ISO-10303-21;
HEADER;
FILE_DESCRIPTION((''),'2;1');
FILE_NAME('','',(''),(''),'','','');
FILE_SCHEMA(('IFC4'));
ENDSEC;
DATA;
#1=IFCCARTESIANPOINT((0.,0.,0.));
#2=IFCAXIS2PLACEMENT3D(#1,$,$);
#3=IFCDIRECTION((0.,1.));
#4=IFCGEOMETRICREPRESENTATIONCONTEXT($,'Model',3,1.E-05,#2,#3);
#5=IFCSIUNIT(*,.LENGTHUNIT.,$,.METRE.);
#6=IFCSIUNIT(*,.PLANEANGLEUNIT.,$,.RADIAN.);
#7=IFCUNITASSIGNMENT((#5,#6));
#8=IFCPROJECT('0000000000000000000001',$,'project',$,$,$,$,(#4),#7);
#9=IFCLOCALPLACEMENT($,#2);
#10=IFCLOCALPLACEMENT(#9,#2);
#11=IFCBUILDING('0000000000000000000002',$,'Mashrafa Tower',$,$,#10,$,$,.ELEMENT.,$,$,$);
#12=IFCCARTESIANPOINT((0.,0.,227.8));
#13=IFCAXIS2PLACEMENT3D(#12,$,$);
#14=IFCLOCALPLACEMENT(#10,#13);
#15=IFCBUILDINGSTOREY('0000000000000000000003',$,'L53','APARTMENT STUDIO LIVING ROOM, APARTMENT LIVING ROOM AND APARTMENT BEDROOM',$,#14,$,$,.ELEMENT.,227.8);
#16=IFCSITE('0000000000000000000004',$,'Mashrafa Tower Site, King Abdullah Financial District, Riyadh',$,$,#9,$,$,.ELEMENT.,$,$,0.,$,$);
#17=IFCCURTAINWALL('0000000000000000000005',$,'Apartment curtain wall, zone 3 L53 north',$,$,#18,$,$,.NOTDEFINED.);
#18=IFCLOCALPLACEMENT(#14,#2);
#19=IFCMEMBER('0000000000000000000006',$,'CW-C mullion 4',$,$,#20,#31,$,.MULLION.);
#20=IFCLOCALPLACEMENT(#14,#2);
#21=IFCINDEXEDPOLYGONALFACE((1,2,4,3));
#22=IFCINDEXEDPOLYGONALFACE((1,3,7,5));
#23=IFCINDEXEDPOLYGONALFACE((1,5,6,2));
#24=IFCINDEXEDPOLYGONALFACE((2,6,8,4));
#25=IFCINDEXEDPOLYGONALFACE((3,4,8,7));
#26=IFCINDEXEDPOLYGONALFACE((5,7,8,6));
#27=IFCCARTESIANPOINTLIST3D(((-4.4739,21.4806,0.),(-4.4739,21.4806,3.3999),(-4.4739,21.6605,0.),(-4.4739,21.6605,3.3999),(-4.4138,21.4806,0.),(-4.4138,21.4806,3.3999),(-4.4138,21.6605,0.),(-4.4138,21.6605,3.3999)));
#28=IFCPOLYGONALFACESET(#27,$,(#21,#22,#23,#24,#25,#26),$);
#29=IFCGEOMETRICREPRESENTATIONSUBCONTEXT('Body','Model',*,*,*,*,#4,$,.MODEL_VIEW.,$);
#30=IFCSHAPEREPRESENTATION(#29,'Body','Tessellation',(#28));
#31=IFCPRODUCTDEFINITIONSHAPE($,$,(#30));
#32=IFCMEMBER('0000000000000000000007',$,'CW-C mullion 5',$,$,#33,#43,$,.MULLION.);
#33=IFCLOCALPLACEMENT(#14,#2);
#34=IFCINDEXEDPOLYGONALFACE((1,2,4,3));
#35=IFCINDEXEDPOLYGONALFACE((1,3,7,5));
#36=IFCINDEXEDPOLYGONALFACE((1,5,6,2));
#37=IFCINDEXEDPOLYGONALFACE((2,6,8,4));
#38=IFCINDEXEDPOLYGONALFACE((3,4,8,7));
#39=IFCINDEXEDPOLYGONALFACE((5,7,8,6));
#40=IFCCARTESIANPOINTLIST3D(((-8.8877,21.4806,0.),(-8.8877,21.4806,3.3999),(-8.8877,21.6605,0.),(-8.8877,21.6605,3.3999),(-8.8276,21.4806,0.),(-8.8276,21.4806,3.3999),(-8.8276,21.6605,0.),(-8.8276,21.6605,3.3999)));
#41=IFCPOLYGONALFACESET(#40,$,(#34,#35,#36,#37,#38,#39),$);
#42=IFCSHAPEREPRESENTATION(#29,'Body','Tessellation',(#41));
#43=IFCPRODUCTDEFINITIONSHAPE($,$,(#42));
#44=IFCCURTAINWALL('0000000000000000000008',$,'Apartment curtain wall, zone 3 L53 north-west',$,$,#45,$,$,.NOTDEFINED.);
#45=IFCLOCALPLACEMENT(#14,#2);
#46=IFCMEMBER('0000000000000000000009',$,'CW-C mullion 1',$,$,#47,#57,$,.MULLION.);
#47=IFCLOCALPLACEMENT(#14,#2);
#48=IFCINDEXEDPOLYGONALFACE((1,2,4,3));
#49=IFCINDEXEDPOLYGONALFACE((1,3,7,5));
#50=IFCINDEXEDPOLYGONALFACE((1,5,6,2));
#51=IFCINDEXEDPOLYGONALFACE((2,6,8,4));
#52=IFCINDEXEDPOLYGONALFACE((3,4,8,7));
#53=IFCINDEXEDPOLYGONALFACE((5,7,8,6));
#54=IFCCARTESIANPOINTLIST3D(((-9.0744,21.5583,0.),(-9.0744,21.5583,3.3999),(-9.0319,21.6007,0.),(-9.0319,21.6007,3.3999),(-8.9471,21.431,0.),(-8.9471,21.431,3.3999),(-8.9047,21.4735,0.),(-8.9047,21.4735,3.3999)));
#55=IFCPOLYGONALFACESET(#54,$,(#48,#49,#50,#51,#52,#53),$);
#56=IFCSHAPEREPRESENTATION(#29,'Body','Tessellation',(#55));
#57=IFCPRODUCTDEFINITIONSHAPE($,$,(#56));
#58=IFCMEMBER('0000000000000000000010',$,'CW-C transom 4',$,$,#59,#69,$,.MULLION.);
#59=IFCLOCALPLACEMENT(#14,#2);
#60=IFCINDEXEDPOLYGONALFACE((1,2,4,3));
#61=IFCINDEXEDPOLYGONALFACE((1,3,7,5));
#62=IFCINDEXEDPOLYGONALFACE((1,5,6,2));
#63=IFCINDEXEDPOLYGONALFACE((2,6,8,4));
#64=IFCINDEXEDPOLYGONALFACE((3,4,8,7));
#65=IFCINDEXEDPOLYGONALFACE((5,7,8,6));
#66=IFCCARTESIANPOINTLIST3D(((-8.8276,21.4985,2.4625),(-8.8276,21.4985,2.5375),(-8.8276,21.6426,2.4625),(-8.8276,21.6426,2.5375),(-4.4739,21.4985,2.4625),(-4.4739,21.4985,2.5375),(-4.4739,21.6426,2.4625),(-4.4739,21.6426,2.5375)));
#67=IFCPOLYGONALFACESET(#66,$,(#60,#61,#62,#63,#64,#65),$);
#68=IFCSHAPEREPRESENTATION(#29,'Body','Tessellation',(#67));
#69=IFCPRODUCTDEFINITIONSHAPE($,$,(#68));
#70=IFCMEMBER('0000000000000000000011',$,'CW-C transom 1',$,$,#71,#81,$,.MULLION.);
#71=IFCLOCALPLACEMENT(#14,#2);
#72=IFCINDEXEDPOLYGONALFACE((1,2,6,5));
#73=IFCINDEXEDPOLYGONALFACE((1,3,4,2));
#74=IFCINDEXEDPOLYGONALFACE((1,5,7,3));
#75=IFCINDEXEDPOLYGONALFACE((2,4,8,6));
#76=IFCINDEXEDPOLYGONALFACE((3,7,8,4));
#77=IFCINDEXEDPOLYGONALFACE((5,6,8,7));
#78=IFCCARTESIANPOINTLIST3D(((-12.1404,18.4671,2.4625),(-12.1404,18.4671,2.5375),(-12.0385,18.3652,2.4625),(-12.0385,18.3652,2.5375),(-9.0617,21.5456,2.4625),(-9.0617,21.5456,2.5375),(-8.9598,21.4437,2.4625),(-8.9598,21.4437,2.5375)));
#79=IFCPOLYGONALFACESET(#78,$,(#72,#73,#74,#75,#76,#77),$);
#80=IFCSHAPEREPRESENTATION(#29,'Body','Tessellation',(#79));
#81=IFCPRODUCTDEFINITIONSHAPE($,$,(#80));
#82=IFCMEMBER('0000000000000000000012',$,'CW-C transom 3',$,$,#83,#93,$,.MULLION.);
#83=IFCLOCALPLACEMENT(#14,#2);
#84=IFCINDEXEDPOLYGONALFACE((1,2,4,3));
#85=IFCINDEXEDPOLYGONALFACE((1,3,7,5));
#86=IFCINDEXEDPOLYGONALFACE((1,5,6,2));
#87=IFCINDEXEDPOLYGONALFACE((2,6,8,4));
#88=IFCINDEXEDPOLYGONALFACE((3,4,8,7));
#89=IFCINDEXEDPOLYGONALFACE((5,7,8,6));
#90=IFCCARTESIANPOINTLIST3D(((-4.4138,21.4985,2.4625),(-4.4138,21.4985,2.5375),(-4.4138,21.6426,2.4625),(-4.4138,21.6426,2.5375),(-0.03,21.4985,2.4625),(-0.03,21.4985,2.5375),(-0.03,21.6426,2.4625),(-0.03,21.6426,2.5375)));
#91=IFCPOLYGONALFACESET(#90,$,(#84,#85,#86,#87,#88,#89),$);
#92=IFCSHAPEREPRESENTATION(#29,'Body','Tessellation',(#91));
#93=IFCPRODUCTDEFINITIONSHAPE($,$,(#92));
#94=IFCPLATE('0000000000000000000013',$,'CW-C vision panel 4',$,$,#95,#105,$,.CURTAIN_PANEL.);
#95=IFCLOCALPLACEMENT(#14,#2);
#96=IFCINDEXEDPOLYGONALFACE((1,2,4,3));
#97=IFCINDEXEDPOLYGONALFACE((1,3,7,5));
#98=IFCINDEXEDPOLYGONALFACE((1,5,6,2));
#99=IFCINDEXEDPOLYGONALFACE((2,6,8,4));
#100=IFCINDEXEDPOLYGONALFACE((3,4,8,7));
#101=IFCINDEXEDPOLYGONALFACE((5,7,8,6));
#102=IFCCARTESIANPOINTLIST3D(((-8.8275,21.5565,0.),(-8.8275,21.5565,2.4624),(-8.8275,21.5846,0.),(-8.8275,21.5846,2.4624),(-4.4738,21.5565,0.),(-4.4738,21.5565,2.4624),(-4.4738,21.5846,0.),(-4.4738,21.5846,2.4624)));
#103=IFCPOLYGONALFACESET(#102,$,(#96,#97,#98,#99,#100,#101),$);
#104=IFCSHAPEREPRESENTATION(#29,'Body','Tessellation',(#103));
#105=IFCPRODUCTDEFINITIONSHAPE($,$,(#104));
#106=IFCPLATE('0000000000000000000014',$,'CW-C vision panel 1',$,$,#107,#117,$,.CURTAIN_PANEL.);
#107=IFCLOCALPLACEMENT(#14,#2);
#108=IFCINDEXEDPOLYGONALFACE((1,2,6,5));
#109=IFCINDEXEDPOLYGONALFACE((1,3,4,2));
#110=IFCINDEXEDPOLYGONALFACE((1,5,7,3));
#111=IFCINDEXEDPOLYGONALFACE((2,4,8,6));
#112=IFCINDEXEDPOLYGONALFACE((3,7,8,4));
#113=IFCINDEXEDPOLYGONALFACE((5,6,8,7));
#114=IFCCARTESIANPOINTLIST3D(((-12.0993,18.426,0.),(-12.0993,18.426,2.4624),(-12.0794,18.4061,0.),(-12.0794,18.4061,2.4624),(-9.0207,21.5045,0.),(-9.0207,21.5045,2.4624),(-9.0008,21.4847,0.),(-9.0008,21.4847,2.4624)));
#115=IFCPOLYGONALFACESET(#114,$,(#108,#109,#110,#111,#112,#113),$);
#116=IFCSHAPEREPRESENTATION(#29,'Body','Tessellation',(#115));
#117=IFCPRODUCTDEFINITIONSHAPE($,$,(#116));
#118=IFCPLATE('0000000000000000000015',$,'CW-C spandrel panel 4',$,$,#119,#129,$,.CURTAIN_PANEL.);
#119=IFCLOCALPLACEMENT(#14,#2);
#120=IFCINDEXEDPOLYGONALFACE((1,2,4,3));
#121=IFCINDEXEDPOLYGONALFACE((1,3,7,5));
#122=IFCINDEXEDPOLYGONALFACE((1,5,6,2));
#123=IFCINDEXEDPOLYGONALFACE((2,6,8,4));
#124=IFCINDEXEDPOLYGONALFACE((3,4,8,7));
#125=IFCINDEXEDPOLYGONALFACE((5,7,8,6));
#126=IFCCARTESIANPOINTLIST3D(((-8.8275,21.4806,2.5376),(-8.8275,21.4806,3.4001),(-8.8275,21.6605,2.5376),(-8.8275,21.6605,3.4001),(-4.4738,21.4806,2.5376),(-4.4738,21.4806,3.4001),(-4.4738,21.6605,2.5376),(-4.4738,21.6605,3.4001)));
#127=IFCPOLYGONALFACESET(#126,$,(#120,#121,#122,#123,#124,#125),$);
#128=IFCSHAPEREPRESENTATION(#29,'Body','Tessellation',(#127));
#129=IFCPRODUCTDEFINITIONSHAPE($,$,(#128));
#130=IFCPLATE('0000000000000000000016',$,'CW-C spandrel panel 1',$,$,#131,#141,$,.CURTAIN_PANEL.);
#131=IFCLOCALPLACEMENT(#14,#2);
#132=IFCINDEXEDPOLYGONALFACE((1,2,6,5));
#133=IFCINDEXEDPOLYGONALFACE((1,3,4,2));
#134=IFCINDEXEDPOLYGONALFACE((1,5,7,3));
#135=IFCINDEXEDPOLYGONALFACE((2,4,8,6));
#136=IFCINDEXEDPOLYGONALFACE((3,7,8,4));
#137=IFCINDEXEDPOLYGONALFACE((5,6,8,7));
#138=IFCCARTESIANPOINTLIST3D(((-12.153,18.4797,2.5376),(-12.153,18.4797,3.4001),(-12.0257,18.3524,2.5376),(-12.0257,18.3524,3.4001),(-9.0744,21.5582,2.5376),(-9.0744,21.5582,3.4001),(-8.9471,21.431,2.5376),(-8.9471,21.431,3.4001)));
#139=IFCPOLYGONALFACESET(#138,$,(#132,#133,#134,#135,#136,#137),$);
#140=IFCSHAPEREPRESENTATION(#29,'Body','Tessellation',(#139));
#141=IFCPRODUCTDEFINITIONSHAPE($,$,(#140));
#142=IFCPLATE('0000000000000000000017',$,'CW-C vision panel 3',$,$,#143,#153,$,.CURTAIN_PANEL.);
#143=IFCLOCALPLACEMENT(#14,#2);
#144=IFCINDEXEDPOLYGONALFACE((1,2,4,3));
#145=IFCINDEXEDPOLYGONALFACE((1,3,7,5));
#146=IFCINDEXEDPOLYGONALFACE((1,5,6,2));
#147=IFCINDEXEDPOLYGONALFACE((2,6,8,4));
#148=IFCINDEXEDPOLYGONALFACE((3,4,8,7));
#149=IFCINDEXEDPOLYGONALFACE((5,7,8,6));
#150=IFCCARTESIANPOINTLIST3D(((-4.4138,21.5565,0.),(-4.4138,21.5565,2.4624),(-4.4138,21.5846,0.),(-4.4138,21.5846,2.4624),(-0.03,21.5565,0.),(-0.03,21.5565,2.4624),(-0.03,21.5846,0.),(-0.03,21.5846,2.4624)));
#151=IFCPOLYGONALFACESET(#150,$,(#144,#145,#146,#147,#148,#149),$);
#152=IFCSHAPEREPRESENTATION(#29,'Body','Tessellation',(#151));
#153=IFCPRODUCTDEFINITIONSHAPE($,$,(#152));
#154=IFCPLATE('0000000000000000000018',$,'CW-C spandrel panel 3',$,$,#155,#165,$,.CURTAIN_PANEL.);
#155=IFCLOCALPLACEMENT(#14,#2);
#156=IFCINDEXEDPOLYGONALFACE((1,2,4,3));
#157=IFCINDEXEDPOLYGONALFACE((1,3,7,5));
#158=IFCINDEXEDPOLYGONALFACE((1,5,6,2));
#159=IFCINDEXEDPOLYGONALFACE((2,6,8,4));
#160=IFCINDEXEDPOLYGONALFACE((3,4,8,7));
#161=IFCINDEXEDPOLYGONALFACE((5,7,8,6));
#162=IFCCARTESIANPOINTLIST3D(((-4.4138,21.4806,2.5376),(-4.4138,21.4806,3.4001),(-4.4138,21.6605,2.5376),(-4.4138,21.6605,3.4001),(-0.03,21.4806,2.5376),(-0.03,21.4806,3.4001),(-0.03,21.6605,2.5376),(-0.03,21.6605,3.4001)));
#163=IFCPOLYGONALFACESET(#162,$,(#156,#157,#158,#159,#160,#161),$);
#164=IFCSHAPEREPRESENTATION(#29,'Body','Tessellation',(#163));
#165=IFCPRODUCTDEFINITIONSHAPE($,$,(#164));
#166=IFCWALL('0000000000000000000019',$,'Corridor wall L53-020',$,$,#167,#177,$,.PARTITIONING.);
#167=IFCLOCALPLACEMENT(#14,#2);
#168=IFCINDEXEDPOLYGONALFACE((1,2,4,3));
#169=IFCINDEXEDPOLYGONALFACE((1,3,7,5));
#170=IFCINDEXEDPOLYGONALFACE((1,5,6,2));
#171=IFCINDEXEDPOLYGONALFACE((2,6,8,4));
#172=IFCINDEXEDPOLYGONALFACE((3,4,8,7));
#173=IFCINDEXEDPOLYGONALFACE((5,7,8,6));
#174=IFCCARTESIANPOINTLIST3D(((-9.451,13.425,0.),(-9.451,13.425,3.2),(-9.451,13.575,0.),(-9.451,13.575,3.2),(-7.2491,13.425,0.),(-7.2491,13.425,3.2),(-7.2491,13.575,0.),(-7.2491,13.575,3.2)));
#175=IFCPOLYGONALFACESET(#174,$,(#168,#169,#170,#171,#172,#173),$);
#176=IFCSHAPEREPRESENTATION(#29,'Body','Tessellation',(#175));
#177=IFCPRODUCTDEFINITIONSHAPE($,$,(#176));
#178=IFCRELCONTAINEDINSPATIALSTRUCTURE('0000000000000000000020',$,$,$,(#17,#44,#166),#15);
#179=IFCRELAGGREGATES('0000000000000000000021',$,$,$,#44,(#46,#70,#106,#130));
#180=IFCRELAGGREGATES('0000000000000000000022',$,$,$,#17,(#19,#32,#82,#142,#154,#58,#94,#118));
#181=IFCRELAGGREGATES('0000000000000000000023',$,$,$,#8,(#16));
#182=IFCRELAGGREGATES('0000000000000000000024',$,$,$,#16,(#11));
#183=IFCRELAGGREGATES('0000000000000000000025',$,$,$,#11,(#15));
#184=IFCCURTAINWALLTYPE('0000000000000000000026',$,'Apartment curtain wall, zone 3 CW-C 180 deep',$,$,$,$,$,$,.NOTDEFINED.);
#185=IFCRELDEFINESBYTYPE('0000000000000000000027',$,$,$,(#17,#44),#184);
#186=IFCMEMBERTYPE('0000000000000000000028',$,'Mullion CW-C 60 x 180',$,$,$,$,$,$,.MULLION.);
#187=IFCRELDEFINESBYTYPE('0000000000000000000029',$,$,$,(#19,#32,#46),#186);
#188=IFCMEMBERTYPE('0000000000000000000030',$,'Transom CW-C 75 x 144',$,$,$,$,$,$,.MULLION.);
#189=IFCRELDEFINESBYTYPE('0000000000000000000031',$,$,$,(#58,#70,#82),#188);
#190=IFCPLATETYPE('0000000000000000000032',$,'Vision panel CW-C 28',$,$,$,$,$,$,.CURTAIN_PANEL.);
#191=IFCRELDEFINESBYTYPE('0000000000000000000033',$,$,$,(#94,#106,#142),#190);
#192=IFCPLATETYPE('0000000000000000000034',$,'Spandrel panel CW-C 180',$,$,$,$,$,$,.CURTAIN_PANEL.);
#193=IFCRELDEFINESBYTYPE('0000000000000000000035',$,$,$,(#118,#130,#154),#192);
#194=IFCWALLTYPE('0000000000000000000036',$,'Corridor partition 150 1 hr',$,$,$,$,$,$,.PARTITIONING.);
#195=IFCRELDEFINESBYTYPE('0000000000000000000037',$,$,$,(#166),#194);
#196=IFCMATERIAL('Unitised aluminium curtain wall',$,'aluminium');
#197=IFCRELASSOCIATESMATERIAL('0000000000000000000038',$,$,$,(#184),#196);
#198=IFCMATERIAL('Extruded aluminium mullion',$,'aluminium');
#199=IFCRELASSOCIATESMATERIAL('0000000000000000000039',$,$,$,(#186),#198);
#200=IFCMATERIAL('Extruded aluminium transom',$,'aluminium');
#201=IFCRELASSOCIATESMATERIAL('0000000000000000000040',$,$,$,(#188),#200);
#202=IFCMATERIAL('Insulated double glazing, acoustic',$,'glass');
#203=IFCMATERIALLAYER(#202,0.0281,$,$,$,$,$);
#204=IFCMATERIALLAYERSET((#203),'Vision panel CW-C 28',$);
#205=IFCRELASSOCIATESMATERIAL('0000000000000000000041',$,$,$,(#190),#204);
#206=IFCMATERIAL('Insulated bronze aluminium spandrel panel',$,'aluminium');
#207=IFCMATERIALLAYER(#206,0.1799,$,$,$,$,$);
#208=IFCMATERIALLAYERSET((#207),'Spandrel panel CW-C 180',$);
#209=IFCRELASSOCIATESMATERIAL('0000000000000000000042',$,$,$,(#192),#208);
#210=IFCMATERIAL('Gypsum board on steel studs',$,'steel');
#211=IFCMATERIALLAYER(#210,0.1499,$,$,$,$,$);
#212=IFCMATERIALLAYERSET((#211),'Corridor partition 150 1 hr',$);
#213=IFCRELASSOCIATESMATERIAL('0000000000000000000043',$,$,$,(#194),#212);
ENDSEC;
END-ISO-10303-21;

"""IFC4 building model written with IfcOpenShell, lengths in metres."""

from ifc_helpers import new_model, si_unit, direction, frame, frame_2d, origin, origin_2d, place, context, subcontext, project, spatial, rectangle, extrude, source, transform, mapped, material, layer, layer_set, material_profile, profile_set, type_object, type_shapes, element, aggregate, save


model = new_model("IFC4")

# Units and contexts
model_context = context("Model", 3, precision=1e-05, world=origin(), true_north=direction((0.0, 1.0)))
body_context = subcontext(model_context, "Body", "Model", "MODEL_VIEW")
ifc_project = project(units=[si_unit("LENGTHUNIT", "METRE"), si_unit("PLANEANGLEUNIT", "RADIAN")], contexts=[model_context])

# Site, building, storey
site_placement = place(None, origin())
site = spatial("IfcSite", under=ifc_project, at=site_placement, Name="Mashrafa Tower Site, King Abdullah Financial District, Riyadh", CompositionType="ELEMENT", RefElevation=0.0)
building_placement = place(site_placement, origin())
building = spatial("IfcBuilding", under=site, at=building_placement, Name="Mashrafa Tower", CompositionType="ELEMENT")
storey_placement = place(building_placement, frame((0.0, 0.0, 227.8)))
storey = spatial("IfcBuildingStorey", under=building, at=storey_placement, Name="L53", Description="APARTMENT STUDIO LIVING ROOM, APARTMENT LIVING ROOM AND APARTMENT BEDROOM", CompositionType="ELEMENT", Elevation=227.8)

# Curtain wall, members
ifc_material_1 = material(Name="Unitised aluminium curtain wall", Category="aluminium")
curtain_wall_type = type_object("IfcCurtainWallType", Name="Apartment curtain wall, zone 3 CW-C 180 deep", PredefinedType="NOTDEFINED", material=ifc_material_1)
curtain_wall_1_placement = place(storey_placement, origin())
curtain_wall_1 = element("IfcCurtainWall", 1, at=curtain_wall_1_placement, inside=storey, type_object=curtain_wall_type, Name="Apartment curtain wall, zone 3 L53 north", PredefinedType="NOTDEFINED")
ifc_material_2 = material(Name="Extruded aluminium mullion", Category="aluminium")
ifc_material_profile_1 = material_profile(ifc_material_2, rectangle(XDim=0.1799, YDim=0.0601, at=origin_2d()), Name="Mullion 60x180")
ifc_profile_set_1 = profile_set([ifc_material_profile_1], Name="Extruded aluminium mullion")
member_type_1 = type_object("IfcMemberType", Name="Mullion CW-C 60 x 180", PredefinedType="MULLION", material=ifc_profile_set_1)
shared_shape_1 = source(origin(), body_context, "Body", "SweptSolid", [
    extrude(rectangle(XDim=0.1799, YDim=0.0601, at=origin_2d()), origin(), (0.0, 0.0, 1.0), 3.3999),
])
type_shapes(member_type_1, [shared_shape_1])
member_1_placement = place(storey_placement, frame((-4.4438, 21.5706, 0.0), z_axis=(0.0, 0.0, 1.0), x_axis=(0.0, -1.0, 0.0)))
member_1 = element("IfcMember", 2, at=member_1_placement, type_object=member_type_1, Name="CW-C mullion 4", PredefinedType="MULLION", context=body_context, shape_type="MappedRepresentation", body=[
    mapped(shared_shape_1, transform((0.0, 0.0, 0.0))),
])
member_2_placement = place(storey_placement, frame((-8.8577, 21.5706, 0.0), z_axis=(0.0, 0.0, 1.0), x_axis=(0.0, -1.0, 0.0)))
member_2 = element("IfcMember", 3, at=member_2_placement, type_object=member_type_1, Name="CW-C mullion 5", PredefinedType="MULLION", context=body_context, shape_type="MappedRepresentation", body=[
    mapped(shared_shape_1, transform((0.0, 0.0, 0.0))),
])

# Curtain wall, member
curtain_wall_2_placement = place(storey_placement, origin())
curtain_wall_2 = element("IfcCurtainWall", 4, at=curtain_wall_2_placement, inside=storey, type_object=curtain_wall_type, Name="Apartment curtain wall, zone 3 L53 north-west", PredefinedType="NOTDEFINED")
member_3_placement = place(storey_placement, frame((-8.9895, 21.5159, 0.0), z_axis=(0.0, 0.0, 1.0), x_axis=(0.707107, -0.707107, 0.0)))
member_3 = element("IfcMember", 5, at=member_3_placement, type_object=member_type_1, Name="CW-C mullion 1", PredefinedType="MULLION", context=body_context, shape_type="MappedRepresentation", body=[
    mapped(shared_shape_1, transform((0.0, 0.0, 0.0))),
])

# Members
ifc_material_3 = material(Name="Extruded aluminium transom", Category="aluminium")
ifc_material_profile_2 = material_profile(ifc_material_3, rectangle(XDim=0.144, YDim=0.075, at=origin_2d()), Name="Transom 75x144")
ifc_profile_set_2 = profile_set([ifc_material_profile_2], Name="Extruded aluminium transom")
member_type_2 = type_object("IfcMemberType", Name="Transom CW-C 75 x 144", PredefinedType="MULLION", material=ifc_profile_set_2)
shared_shape_2 = source(origin(), body_context, "Body", "SweptSolid", [
    extrude(rectangle(XDim=0.144, YDim=0.075, at=origin_2d()), origin(), (0.0, 0.0, 1.0), 4.3538),
])
member_4_placement = place(storey_placement, frame((-4.4739, 21.5706, 2.5), z_axis=(-1.0, 0.0, 0.0), x_axis=(0.0, -1.0, 0.0)))
member_4 = element("IfcMember", 6, at=member_4_placement, type_object=member_type_2, Name="CW-C transom 4", PredefinedType="MULLION", context=body_context, shape_type="MappedRepresentation", body=[
    mapped(shared_shape_2, transform((0.0, 0.0, 0.0))),
])
member_5_placement = place(storey_placement, frame((-9.0107, 21.4946, 2.5), z_axis=(-0.707135, -0.707079, 0.0), x_axis=(0.707079, -0.707135, 0.0)))
member_5 = element("IfcMember", 7, at=member_5_placement, type_object=member_type_2, Name="CW-C transom 1", PredefinedType="MULLION", context=body_context, shape_type="MappedRepresentation", body=[
    mapped(shared_shape_2, transform((0.0, 0.0, 0.0))),
])
shared_shape_3 = source(origin(), body_context, "Body", "SweptSolid", [
    extrude(rectangle(XDim=0.144, YDim=0.075, at=origin_2d()), origin(), (0.0, 0.0, 1.0), 4.3838),
])
type_shapes(member_type_2, [shared_shape_2, shared_shape_3])
member_6_placement = place(storey_placement, frame((-0.03, 21.5706, 2.5), z_axis=(-1.0, 0.0, 0.0), x_axis=(0.0, -1.0, 0.0)))
member_6 = element("IfcMember", 8, at=member_6_placement, type_object=member_type_2, Name="CW-C transom 3", PredefinedType="MULLION", context=body_context, shape_type="MappedRepresentation", body=[
    mapped(shared_shape_3, transform((0.0, 0.0, 0.0))),
])

# Plates
ifc_material_4 = material(Name="Insulated double glazing, acoustic", Category="glass")
ifc_layer_1 = layer(ifc_material_4, 0.0281)
ifc_layer_set_1 = layer_set([ifc_layer_1], Name="Vision panel CW-C 28")
plate_type_1 = type_object("IfcPlateType", Name="Vision panel CW-C 28", PredefinedType="CURTAIN_PANEL", material=ifc_layer_set_1)
shared_shape_4 = source(origin(), body_context, "Body", "SweptSolid", [
    extrude(rectangle(XDim=4.3538, YDim=0.0281, at=origin_2d()), origin(), (0.0, 0.0, 1.0), 2.4624),
])
plate_1_placement = place(storey_placement, frame((-6.6506, 21.5706, 0.0), z_axis=(0.0, 0.0, 1.0), x_axis=(-1.0, 0.0, 0.0)))
plate_1 = element("IfcPlate", 9, at=plate_1_placement, type_object=plate_type_1, Name="CW-C vision panel 4", PredefinedType="CURTAIN_PANEL", context=body_context, shape_type="MappedRepresentation", body=[
    mapped(shared_shape_4, transform((0.0, 0.0, 0.0))),
])
plate_2_placement = place(storey_placement, frame((-10.55, 19.9553, 0.0), z_axis=(0.0, 0.0, 1.0), x_axis=(-0.707107, -0.707107, 0.0)))
plate_2 = element("IfcPlate", 10, at=plate_2_placement, type_object=plate_type_1, Name="CW-C vision panel 1", PredefinedType="CURTAIN_PANEL", context=body_context, shape_type="MappedRepresentation", body=[
    mapped(shared_shape_4, transform((0.0, 0.0, 0.0))),
])
ifc_material_5 = material(Name="Insulated bronze aluminium spandrel panel", Category="aluminium")
ifc_layer_2 = layer(ifc_material_5, 0.1799)
ifc_layer_set_2 = layer_set([ifc_layer_2], Name="Spandrel panel CW-C 180")
plate_type_2 = type_object("IfcPlateType", Name="Spandrel panel CW-C 180", PredefinedType="CURTAIN_PANEL", material=ifc_layer_set_2)
shared_shape_5 = source(origin(), body_context, "Body", "SweptSolid", [
    extrude(rectangle(XDim=4.3538, YDim=0.1799, at=origin_2d()), origin(), (0.0, 0.0, 1.0), 0.8625),
])
plate_3_placement = place(storey_placement, frame((-6.6506, 21.5706, 2.5376), z_axis=(0.0, 0.0, 1.0), x_axis=(-1.0, 0.0, 0.0)))
plate_3 = element("IfcPlate", 11, at=plate_3_placement, type_object=plate_type_2, Name="CW-C spandrel panel 4", PredefinedType="CURTAIN_PANEL", context=body_context, shape_type="MappedRepresentation", body=[
    mapped(shared_shape_5, transform((0.0, 0.0, 0.0))),
])
plate_4_placement = place(storey_placement, frame((-10.55, 19.9553, 2.5376), z_axis=(0.0, 0.0, 1.0), x_axis=(-0.707107, -0.707107, 0.0)))
plate_4 = element("IfcPlate", 12, at=plate_4_placement, type_object=plate_type_2, Name="CW-C spandrel panel 1", PredefinedType="CURTAIN_PANEL", context=body_context, shape_type="MappedRepresentation", body=[
    mapped(shared_shape_5, transform((0.0, 0.0, 0.0))),
])
aggregate(curtain_wall_2, [member_3, member_5, plate_2, plate_4])
shared_shape_6 = source(origin(), body_context, "Body", "SweptSolid", [
    extrude(rectangle(XDim=4.3838, YDim=0.0281, at=origin_2d()), origin(), (0.0, 0.0, 1.0), 2.4624),
])
type_shapes(plate_type_1, [shared_shape_4, shared_shape_6])
plate_5_placement = place(storey_placement, frame((-2.2219, 21.5706, 0.0), z_axis=(0.0, 0.0, 1.0), x_axis=(-1.0, 0.0, 0.0)))
plate_5 = element("IfcPlate", 13, at=plate_5_placement, type_object=plate_type_1, Name="CW-C vision panel 3", PredefinedType="CURTAIN_PANEL", context=body_context, shape_type="MappedRepresentation", body=[
    mapped(shared_shape_6, transform((0.0, 0.0, 0.0))),
])
shared_shape_7 = source(origin(), body_context, "Body", "SweptSolid", [
    extrude(rectangle(XDim=4.3838, YDim=0.1799, at=origin_2d()), origin(), (0.0, 0.0, 1.0), 0.8625),
])
type_shapes(plate_type_2, [shared_shape_5, shared_shape_7])
plate_6_placement = place(storey_placement, frame((-2.2219, 21.5706, 2.5376), z_axis=(0.0, 0.0, 1.0), x_axis=(-1.0, 0.0, 0.0)))
plate_6 = element("IfcPlate", 14, at=plate_6_placement, type_object=plate_type_2, Name="CW-C spandrel panel 3", PredefinedType="CURTAIN_PANEL", context=body_context, shape_type="MappedRepresentation", body=[
    mapped(shared_shape_7, transform((0.0, 0.0, 0.0))),
])
aggregate(curtain_wall_1, [member_1, member_2, member_6, plate_5, plate_6, member_4, plate_1, plate_3])

# Wall
ifc_material_6 = material(Name="Gypsum board on steel studs", Category="steel")
ifc_layer_3 = layer(ifc_material_6, 0.1499)
ifc_layer_set_3 = layer_set([ifc_layer_3], Name="Corridor partition 150 1 hr")
wall_type_1 = type_object("IfcWallType", Name="Corridor partition 150 1 hr", PredefinedType="PARTITIONING", material=ifc_layer_set_3)
wall_1_placement = place(storey_placement, frame((-7.249, 13.5, 0.0), z_axis=(0.0, 0.0, 1.0), x_axis=(-1.0, 0.0, 0.0)))
element("IfcWall", 15, at=wall_1_placement, inside=storey, type_object=wall_type_1, Name="Corridor wall L53-020", PredefinedType="PARTITIONING", context=body_context, shape_type="SweptSolid", body=[
    extrude(rectangle(XDim=2.2019, YDim=0.1499, at=frame_2d((1.1011, 0.0))), origin(), (0.0, 0.0, 1.0), 3.2),
])

save(model, "model.ifc")
